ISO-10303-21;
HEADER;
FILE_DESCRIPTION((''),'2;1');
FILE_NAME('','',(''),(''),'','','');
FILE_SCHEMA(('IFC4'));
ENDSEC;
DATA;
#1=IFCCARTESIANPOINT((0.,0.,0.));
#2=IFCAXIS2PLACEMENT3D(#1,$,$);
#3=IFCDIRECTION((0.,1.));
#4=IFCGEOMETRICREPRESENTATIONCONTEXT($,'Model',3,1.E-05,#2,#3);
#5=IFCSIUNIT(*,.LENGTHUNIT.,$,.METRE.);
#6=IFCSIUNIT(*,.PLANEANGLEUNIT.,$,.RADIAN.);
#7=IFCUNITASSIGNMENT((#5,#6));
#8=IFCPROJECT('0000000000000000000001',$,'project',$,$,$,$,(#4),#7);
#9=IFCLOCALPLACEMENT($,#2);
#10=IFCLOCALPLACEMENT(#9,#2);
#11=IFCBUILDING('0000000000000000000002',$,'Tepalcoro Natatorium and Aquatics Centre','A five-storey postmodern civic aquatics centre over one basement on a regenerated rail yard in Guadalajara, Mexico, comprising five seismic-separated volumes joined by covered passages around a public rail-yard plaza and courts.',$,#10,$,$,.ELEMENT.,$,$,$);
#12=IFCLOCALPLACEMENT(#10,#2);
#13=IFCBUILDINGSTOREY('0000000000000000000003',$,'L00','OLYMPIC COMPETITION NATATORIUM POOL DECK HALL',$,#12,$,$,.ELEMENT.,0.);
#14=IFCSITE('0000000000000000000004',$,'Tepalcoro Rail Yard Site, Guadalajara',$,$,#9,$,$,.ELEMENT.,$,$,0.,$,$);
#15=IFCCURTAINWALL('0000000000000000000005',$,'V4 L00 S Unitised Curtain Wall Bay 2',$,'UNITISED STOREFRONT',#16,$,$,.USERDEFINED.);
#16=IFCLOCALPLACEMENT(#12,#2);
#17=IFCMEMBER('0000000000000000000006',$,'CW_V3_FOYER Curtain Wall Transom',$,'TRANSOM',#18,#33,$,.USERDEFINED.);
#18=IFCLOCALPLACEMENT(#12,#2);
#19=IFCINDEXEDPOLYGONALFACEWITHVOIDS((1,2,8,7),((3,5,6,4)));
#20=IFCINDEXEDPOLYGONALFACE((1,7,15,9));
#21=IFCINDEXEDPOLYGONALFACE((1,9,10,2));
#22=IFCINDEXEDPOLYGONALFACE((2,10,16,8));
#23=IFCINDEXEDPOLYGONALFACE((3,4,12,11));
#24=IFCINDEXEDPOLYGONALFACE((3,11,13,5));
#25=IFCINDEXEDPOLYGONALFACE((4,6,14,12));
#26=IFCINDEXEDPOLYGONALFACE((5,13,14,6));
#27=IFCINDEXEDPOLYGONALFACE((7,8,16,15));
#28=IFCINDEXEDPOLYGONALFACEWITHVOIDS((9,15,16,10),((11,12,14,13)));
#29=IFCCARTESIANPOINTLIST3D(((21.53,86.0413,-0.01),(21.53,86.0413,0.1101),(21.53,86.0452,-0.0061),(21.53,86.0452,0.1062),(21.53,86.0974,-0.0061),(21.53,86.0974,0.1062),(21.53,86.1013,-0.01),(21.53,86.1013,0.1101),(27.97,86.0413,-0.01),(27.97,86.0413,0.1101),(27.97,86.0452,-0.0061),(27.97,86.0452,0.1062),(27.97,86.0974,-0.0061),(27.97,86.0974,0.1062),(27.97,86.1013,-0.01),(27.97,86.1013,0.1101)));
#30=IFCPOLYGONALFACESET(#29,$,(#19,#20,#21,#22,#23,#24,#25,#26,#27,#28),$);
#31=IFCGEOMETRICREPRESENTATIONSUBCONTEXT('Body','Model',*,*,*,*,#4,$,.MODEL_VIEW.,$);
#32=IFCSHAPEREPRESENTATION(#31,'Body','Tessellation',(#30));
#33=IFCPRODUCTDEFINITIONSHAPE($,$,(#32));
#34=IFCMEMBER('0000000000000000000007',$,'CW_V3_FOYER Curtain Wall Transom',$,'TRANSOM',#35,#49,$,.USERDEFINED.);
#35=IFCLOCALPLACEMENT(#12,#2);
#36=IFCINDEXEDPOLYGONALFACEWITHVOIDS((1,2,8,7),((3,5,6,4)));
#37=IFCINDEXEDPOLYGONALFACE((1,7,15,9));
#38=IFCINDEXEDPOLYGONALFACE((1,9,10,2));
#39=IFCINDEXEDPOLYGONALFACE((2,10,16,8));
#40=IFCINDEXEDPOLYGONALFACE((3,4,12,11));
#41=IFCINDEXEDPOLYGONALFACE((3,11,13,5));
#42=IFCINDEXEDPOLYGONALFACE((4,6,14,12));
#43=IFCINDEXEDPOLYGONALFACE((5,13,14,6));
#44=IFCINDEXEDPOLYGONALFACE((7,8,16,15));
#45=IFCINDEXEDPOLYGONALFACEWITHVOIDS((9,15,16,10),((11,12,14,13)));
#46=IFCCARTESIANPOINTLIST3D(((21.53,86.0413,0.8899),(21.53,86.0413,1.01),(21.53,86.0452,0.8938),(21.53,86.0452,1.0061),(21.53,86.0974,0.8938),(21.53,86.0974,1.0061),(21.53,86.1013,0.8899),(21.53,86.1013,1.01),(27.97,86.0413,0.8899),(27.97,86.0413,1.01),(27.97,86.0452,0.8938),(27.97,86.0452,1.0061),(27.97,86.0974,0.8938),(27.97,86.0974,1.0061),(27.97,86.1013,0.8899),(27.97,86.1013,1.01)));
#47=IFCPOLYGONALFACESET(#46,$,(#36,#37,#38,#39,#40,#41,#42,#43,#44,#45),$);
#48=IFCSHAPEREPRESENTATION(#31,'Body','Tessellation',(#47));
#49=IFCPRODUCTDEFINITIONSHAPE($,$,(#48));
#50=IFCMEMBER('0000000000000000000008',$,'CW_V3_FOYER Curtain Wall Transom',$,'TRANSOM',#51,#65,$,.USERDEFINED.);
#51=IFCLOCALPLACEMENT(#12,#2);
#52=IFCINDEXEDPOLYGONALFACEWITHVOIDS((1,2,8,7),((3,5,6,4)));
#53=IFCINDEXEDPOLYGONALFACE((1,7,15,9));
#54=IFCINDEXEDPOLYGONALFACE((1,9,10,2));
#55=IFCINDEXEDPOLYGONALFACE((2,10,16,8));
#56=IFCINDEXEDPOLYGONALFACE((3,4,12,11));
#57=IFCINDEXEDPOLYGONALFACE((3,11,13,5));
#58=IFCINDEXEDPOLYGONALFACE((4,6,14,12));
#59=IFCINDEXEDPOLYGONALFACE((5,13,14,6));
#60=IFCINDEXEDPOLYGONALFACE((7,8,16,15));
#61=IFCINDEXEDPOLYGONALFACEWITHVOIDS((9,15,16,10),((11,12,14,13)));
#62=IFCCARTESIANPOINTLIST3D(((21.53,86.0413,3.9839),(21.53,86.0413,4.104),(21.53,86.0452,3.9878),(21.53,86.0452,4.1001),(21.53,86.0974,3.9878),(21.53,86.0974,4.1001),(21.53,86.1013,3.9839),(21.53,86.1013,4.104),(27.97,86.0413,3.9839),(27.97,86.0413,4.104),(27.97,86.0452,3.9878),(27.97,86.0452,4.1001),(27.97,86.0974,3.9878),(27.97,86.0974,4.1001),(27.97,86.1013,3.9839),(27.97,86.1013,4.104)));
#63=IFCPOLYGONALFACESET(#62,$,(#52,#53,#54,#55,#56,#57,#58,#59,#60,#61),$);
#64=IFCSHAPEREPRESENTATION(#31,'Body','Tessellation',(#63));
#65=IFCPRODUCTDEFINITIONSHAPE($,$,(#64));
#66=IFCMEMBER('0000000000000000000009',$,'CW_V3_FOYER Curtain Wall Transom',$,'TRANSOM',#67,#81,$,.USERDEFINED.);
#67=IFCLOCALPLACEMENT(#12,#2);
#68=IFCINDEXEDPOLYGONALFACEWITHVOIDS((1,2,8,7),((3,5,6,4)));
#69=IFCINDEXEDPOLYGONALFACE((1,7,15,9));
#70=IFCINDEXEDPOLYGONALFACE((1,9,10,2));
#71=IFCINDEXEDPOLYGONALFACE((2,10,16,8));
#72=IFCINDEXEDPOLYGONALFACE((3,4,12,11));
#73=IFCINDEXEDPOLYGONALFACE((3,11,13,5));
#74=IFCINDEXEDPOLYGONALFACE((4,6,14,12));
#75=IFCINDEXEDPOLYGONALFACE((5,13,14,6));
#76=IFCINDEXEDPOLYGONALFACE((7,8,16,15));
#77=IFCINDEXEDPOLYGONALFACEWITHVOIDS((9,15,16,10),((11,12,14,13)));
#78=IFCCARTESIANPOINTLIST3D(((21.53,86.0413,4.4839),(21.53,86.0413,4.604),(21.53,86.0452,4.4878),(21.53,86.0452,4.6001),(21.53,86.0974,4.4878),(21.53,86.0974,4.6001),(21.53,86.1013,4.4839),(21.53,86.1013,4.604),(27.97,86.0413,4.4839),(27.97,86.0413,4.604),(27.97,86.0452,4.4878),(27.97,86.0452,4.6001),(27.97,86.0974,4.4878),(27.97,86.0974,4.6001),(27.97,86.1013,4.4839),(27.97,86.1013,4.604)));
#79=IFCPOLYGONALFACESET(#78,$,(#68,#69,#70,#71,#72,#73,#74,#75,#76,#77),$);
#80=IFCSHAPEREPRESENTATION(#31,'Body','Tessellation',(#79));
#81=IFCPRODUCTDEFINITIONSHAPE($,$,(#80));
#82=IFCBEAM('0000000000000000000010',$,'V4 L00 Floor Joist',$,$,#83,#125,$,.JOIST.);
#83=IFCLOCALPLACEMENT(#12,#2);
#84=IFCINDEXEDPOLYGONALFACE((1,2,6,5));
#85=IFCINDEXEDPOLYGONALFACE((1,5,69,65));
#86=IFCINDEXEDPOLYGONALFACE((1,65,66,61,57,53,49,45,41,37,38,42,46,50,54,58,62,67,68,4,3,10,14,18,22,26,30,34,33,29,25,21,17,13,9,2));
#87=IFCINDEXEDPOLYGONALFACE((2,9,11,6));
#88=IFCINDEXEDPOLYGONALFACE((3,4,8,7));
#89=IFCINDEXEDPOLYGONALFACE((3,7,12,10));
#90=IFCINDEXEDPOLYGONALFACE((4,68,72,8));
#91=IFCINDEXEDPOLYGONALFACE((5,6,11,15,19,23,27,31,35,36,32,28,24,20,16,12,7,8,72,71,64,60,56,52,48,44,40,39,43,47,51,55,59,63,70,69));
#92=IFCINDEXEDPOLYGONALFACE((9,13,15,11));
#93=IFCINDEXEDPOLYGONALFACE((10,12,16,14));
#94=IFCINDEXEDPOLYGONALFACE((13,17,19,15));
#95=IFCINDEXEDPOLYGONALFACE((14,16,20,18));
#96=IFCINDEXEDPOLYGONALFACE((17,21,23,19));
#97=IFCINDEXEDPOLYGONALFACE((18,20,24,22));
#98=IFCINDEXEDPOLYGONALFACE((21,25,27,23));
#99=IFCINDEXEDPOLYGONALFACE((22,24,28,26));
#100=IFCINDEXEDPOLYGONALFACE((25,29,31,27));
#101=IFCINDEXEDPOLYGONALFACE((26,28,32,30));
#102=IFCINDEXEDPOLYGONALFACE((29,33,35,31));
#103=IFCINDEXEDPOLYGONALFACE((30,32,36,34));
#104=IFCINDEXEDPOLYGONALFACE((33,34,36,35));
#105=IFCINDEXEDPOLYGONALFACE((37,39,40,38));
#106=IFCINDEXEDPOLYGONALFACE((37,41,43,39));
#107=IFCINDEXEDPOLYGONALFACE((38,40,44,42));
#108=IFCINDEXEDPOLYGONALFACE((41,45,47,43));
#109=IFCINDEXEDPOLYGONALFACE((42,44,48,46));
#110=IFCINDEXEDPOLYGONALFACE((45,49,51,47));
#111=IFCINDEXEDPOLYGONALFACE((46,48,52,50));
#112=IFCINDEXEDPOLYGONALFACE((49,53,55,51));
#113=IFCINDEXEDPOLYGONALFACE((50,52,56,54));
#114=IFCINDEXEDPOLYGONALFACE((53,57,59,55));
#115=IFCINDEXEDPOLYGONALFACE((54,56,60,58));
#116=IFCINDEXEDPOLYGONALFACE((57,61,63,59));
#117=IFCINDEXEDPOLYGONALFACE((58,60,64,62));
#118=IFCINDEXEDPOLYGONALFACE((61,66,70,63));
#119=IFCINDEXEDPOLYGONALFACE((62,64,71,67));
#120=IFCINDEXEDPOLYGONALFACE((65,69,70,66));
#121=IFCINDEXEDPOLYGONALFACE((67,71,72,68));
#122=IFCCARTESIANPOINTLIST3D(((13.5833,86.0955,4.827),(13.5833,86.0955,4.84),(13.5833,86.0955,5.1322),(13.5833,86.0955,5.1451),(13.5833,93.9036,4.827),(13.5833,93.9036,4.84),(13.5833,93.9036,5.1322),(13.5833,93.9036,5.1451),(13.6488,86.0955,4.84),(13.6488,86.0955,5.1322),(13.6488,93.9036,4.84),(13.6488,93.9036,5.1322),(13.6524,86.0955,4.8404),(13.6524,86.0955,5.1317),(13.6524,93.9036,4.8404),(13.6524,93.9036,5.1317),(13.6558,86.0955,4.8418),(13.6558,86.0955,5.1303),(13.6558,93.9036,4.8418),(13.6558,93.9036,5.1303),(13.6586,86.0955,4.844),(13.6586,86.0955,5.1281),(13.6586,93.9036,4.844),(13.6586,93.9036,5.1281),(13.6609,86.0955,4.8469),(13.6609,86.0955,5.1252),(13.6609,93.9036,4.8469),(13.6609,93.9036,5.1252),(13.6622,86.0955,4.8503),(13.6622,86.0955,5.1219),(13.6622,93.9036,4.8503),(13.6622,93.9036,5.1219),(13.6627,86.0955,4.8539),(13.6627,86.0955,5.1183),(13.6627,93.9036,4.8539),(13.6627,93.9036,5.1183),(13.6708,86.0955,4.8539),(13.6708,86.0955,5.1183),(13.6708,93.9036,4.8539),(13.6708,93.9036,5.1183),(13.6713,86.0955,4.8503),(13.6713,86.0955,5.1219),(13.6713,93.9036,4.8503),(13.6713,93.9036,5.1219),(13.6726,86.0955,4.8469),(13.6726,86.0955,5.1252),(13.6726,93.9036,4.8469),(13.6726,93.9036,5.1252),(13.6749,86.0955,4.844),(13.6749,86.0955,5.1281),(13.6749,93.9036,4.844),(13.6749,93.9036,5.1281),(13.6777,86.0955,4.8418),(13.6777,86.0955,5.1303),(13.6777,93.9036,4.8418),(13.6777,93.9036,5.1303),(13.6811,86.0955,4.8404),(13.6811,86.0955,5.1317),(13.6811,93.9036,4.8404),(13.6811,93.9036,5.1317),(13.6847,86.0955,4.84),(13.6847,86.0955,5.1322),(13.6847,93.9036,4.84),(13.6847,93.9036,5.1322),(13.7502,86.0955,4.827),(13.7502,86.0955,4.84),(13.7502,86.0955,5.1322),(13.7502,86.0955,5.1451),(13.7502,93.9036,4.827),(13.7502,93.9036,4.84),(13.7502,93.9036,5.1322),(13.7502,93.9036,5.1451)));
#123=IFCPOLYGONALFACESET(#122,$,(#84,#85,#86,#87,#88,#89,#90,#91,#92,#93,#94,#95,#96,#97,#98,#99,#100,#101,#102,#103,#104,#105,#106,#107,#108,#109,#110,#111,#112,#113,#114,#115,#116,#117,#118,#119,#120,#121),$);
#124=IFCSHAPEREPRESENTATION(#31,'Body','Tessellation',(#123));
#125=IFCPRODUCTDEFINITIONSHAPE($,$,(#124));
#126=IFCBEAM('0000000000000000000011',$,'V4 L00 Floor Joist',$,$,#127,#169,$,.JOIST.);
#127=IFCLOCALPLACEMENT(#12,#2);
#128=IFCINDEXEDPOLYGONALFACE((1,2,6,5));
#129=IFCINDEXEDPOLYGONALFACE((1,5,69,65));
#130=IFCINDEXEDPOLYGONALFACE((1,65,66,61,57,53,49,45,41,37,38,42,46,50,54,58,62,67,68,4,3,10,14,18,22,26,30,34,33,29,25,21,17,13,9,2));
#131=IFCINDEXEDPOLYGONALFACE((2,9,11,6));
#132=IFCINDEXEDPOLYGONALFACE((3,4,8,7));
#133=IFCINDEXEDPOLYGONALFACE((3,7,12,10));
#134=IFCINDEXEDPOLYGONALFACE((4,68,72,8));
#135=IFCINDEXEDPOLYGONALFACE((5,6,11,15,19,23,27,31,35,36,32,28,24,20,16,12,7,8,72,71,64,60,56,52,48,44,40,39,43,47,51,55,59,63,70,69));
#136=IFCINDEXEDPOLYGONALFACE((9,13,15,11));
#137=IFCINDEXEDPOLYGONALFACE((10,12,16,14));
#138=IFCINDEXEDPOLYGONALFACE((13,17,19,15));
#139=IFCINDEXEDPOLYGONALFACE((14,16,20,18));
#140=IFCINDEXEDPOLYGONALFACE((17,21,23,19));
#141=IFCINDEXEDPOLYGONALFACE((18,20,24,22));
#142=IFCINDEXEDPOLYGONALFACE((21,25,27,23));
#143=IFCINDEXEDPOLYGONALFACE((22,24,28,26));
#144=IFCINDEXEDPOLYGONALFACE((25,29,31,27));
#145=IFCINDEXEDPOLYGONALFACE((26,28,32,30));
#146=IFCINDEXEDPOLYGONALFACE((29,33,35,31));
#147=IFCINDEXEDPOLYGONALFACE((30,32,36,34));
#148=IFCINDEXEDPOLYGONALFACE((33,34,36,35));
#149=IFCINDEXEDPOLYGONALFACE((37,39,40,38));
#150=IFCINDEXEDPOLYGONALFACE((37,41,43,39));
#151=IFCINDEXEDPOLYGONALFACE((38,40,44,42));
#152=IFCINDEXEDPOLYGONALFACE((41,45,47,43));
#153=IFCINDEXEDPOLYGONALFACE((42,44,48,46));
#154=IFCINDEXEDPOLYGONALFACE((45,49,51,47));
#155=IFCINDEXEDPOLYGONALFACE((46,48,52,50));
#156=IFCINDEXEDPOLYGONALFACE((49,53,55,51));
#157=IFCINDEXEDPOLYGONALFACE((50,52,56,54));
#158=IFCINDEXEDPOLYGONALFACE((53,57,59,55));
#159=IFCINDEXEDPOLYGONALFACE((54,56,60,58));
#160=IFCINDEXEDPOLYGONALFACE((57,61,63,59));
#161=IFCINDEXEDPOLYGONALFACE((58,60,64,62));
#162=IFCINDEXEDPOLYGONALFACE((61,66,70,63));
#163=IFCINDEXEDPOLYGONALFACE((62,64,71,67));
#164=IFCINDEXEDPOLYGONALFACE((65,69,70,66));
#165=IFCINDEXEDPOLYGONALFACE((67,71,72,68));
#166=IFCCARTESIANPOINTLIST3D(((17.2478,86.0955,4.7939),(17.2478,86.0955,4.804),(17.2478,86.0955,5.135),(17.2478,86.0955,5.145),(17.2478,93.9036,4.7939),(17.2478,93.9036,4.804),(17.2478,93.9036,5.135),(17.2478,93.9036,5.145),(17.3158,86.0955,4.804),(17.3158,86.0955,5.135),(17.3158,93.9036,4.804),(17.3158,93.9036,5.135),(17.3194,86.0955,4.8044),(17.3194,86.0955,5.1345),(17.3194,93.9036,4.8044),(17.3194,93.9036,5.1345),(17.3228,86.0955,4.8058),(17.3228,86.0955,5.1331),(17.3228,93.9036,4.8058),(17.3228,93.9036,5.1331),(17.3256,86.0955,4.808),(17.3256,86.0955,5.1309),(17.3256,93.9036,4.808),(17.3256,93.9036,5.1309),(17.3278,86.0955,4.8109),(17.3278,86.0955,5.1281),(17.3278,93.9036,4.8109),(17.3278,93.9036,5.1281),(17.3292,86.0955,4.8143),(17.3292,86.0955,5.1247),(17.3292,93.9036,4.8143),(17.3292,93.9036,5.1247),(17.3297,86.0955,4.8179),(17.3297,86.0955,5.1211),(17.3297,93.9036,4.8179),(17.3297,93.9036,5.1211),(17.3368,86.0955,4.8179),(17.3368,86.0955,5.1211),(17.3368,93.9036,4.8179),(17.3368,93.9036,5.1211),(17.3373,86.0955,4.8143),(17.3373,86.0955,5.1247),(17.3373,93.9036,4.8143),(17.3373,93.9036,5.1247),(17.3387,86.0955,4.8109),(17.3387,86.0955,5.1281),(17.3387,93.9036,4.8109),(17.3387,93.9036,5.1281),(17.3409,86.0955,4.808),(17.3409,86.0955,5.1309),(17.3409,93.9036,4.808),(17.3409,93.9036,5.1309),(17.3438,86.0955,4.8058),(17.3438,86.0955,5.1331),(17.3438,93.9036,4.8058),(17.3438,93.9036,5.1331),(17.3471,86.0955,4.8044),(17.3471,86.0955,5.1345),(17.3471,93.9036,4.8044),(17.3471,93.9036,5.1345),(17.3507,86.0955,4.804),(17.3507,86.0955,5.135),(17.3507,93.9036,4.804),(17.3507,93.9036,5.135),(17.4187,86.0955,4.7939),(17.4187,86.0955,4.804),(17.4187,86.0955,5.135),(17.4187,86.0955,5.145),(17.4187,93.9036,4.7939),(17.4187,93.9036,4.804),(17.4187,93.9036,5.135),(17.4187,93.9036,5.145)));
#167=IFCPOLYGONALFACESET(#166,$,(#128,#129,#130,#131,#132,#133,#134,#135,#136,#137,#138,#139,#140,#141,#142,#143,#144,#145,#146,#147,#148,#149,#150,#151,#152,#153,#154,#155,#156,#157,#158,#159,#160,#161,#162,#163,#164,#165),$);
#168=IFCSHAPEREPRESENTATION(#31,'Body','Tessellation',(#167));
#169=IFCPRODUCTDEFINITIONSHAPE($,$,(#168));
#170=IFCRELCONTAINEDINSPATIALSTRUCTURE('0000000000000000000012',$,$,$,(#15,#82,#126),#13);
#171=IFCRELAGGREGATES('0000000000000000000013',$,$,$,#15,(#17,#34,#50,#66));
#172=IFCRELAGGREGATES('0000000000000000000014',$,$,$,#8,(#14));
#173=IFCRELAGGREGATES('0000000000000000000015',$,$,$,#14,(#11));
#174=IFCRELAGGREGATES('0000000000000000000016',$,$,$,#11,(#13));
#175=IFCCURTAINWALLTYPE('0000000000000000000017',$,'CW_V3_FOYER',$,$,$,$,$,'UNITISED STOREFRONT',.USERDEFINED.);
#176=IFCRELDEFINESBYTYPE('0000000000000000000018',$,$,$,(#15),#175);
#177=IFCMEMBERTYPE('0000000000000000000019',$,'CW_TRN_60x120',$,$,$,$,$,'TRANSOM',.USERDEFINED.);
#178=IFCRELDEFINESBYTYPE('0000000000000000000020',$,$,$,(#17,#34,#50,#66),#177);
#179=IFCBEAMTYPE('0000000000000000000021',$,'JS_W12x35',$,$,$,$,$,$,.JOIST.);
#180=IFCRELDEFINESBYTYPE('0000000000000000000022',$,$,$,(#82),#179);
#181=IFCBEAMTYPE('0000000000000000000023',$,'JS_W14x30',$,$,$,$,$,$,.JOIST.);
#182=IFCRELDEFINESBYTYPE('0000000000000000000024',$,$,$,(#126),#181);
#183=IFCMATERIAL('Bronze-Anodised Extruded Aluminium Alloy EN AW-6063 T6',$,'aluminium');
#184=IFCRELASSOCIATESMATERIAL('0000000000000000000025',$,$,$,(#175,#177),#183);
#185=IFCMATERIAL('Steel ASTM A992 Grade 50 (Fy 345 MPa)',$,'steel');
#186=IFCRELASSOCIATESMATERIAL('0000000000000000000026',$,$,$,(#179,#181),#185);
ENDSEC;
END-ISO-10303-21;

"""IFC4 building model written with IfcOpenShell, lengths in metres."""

from ifc_helpers import new_model, si_unit, direction, frame, origin, origin_2d, place, context, subcontext, project, spatial, hollow_rectangle, i_section, extrude, material, material_profile, profile_set, type_object, element, aggregate, save


model = new_model("IFC4")

# Units and contexts
model_context = context("Model", 3, precision=1e-05, world=origin(), true_north=direction((0.0, 1.0)))
body_context = subcontext(model_context, "Body", "Model", "MODEL_VIEW")
ifc_project = project(units=[si_unit("LENGTHUNIT", "METRE"), si_unit("PLANEANGLEUNIT", "RADIAN")], contexts=[model_context])

# Site, building, storey
site_placement = place(None, origin())
site = spatial("IfcSite", under=ifc_project, at=site_placement, Name="Tepalcoro Rail Yard Site, Guadalajara", CompositionType="ELEMENT", RefElevation=0.0)
building_placement = place(site_placement, origin())
building = spatial("IfcBuilding", under=site, at=building_placement, Name="Tepalcoro Natatorium and Aquatics Centre", Description="A five-storey postmodern civic aquatics centre over one basement on a regenerated rail yard in Guadalajara, Mexico, comprising five seismic-separated volumes joined by covered passages around a public rail-yard plaza and courts.", CompositionType="ELEMENT")
storey_placement = place(building_placement, origin())
storey = spatial("IfcBuildingStorey", under=building, at=storey_placement, Name="L00", Description="OLYMPIC COMPETITION NATATORIUM POOL DECK HALL", CompositionType="ELEMENT", Elevation=0.0)

# Shared definitions
ifc_material_1 = material(Name="Steel ASTM A992 Grade 50 (Fy 345 MPa)", Category="steel")

# Curtain wall, members
ifc_material_2 = material(Name="Bronze-Anodised Extruded Aluminium Alloy EN AW-6063 T6", Category="aluminium")
curtain_wall_type = type_object("IfcCurtainWallType", Name="CW_V3_FOYER", ElementType="UNITISED STOREFRONT", PredefinedType="USERDEFINED", material=ifc_material_2)
curtain_wall_placement = place(storey_placement, origin())
curtain_wall = element("IfcCurtainWall", 1, at=curtain_wall_placement, inside=storey, type_object=curtain_wall_type, Name="V4 L00 S Unitised Curtain Wall Bay 2", ObjectType="UNITISED STOREFRONT", PredefinedType="USERDEFINED")
ifc_material_profile_1 = material_profile(ifc_material_2, hollow_rectangle(XDim=0.0601, YDim=0.1201, WallThickness=0.0039, at=origin_2d()), Name="AL60X120X4")
ifc_profile_set_1 = profile_set([ifc_material_profile_1], Name="Bronze-Anodised Extruded Aluminium Alloy EN AW-6063 T6")
member_type_1 = type_object("IfcMemberType", Name="CW_TRN_60x120", ElementType="TRANSOM", PredefinedType="USERDEFINED", material=ifc_profile_set_1)
member_1_placement = place(storey_placement, frame((21.53, 86.0713, 0.05), z_axis=(1.0, 0.0, 0.0), x_axis=(0.0, 1.0, 0.0)))
member_1 = element("IfcMember", 2, at=member_1_placement, type_object=member_type_1, Name="CW_V3_FOYER Curtain Wall Transom", ObjectType="TRANSOM", PredefinedType="USERDEFINED", context=body_context, shape_type="SweptSolid", body=[
    extrude(hollow_rectangle(XDim=0.0601, YDim=0.1201, WallThickness=0.0039, at=origin_2d()), origin(), (0.0, 0.0, 1.0), 6.4399),
])
member_2_placement = place(storey_placement, frame((21.53, 86.0713, 0.95), z_axis=(1.0, 0.0, 0.0), x_axis=(0.0, 1.0, 0.0)))
member_2 = element("IfcMember", 3, at=member_2_placement, type_object=member_type_1, Name="CW_V3_FOYER Curtain Wall Transom", ObjectType="TRANSOM", PredefinedType="USERDEFINED", context=body_context, shape_type="SweptSolid", body=[
    extrude(hollow_rectangle(XDim=0.0601, YDim=0.1201, WallThickness=0.0039, at=origin_2d()), origin(), (0.0, 0.0, 1.0), 6.4399),
])
member_3_placement = place(storey_placement, frame((21.53, 86.0713, 4.0439), z_axis=(1.0, 0.0, 0.0), x_axis=(0.0, 1.0, 0.0)))
member_3 = element("IfcMember", 4, at=member_3_placement, type_object=member_type_1, Name="CW_V3_FOYER Curtain Wall Transom", ObjectType="TRANSOM", PredefinedType="USERDEFINED", context=body_context, shape_type="SweptSolid", body=[
    extrude(hollow_rectangle(XDim=0.0601, YDim=0.1201, WallThickness=0.0039, at=origin_2d()), origin(), (0.0, 0.0, 1.0), 6.4399),
])
member_4_placement = place(storey_placement, frame((21.53, 86.0713, 4.5439), z_axis=(1.0, 0.0, 0.0), x_axis=(0.0, 1.0, 0.0)))
member_4 = element("IfcMember", 5, at=member_4_placement, type_object=member_type_1, Name="CW_V3_FOYER Curtain Wall Transom", ObjectType="TRANSOM", PredefinedType="USERDEFINED", context=body_context, shape_type="SweptSolid", body=[
    extrude(hollow_rectangle(XDim=0.0601, YDim=0.1201, WallThickness=0.0039, at=origin_2d()), origin(), (0.0, 0.0, 1.0), 6.4399),
])

# Beams
ifc_material_profile_2 = material_profile(ifc_material_1, i_section(OverallWidth=0.167, OverallDepth=0.3181, WebThickness=0.0081, FlangeThickness=0.0129, FilletRadius=0.0139, at=origin_2d()), Name="W12X35")
ifc_profile_set_2 = profile_set([ifc_material_profile_2], Name="Steel ASTM A992 Grade 50 (Fy 345 MPa)")
beam_type_1 = type_object("IfcBeamType", Name="JS_W12x35", PredefinedType="JOIST", material=ifc_profile_set_2)
beam_1_placement = place(storey_placement, frame((13.6667, 86.0955, 4.9861), z_axis=(0.0, 1.0, 0.0), x_axis=(-1.0, 0.0, 0.0)))
element("IfcBeam", 6, at=beam_1_placement, inside=storey, type_object=beam_type_1, Name="V4 L00 Floor Joist", PredefinedType="JOIST", context=body_context, shape_type="SweptSolid", body=[
    extrude(i_section(OverallWidth=0.167, OverallDepth=0.3181, WebThickness=0.0081, FlangeThickness=0.0129, FilletRadius=0.0139, at=origin_2d()), origin(), (0.0, 0.0, 1.0), 7.8081),
])
ifc_material_profile_3 = material_profile(ifc_material_1, i_section(OverallWidth=0.1709, OverallDepth=0.3511, WebThickness=0.0071, FlangeThickness=0.01, FilletRadius=0.0139, at=origin_2d()), Name="W14X30")
ifc_profile_set_3 = profile_set([ifc_material_profile_3], Name="Steel ASTM A992 Grade 50 (Fy 345 MPa)")
beam_type_2 = type_object("IfcBeamType", Name="JS_W14x30", PredefinedType="JOIST", material=ifc_profile_set_3)
beam_2_placement = place(storey_placement, frame((17.3333, 86.0955, 4.9695), z_axis=(0.0, 1.0, 0.0), x_axis=(-1.0, 0.0, 0.0)))
element("IfcBeam", 7, at=beam_2_placement, inside=storey, type_object=beam_type_2, Name="V4 L00 Floor Joist", PredefinedType="JOIST", context=body_context, shape_type="SweptSolid", body=[
    extrude(i_section(OverallWidth=0.1709, OverallDepth=0.3511, WebThickness=0.0071, FlangeThickness=0.01, FilletRadius=0.0139, at=origin_2d()), origin(), (0.0, 0.0, 1.0), 7.8081),
])

aggregate(curtain_wall, [member_1, member_2, member_3, member_4])

save(model, "model.ifc")
